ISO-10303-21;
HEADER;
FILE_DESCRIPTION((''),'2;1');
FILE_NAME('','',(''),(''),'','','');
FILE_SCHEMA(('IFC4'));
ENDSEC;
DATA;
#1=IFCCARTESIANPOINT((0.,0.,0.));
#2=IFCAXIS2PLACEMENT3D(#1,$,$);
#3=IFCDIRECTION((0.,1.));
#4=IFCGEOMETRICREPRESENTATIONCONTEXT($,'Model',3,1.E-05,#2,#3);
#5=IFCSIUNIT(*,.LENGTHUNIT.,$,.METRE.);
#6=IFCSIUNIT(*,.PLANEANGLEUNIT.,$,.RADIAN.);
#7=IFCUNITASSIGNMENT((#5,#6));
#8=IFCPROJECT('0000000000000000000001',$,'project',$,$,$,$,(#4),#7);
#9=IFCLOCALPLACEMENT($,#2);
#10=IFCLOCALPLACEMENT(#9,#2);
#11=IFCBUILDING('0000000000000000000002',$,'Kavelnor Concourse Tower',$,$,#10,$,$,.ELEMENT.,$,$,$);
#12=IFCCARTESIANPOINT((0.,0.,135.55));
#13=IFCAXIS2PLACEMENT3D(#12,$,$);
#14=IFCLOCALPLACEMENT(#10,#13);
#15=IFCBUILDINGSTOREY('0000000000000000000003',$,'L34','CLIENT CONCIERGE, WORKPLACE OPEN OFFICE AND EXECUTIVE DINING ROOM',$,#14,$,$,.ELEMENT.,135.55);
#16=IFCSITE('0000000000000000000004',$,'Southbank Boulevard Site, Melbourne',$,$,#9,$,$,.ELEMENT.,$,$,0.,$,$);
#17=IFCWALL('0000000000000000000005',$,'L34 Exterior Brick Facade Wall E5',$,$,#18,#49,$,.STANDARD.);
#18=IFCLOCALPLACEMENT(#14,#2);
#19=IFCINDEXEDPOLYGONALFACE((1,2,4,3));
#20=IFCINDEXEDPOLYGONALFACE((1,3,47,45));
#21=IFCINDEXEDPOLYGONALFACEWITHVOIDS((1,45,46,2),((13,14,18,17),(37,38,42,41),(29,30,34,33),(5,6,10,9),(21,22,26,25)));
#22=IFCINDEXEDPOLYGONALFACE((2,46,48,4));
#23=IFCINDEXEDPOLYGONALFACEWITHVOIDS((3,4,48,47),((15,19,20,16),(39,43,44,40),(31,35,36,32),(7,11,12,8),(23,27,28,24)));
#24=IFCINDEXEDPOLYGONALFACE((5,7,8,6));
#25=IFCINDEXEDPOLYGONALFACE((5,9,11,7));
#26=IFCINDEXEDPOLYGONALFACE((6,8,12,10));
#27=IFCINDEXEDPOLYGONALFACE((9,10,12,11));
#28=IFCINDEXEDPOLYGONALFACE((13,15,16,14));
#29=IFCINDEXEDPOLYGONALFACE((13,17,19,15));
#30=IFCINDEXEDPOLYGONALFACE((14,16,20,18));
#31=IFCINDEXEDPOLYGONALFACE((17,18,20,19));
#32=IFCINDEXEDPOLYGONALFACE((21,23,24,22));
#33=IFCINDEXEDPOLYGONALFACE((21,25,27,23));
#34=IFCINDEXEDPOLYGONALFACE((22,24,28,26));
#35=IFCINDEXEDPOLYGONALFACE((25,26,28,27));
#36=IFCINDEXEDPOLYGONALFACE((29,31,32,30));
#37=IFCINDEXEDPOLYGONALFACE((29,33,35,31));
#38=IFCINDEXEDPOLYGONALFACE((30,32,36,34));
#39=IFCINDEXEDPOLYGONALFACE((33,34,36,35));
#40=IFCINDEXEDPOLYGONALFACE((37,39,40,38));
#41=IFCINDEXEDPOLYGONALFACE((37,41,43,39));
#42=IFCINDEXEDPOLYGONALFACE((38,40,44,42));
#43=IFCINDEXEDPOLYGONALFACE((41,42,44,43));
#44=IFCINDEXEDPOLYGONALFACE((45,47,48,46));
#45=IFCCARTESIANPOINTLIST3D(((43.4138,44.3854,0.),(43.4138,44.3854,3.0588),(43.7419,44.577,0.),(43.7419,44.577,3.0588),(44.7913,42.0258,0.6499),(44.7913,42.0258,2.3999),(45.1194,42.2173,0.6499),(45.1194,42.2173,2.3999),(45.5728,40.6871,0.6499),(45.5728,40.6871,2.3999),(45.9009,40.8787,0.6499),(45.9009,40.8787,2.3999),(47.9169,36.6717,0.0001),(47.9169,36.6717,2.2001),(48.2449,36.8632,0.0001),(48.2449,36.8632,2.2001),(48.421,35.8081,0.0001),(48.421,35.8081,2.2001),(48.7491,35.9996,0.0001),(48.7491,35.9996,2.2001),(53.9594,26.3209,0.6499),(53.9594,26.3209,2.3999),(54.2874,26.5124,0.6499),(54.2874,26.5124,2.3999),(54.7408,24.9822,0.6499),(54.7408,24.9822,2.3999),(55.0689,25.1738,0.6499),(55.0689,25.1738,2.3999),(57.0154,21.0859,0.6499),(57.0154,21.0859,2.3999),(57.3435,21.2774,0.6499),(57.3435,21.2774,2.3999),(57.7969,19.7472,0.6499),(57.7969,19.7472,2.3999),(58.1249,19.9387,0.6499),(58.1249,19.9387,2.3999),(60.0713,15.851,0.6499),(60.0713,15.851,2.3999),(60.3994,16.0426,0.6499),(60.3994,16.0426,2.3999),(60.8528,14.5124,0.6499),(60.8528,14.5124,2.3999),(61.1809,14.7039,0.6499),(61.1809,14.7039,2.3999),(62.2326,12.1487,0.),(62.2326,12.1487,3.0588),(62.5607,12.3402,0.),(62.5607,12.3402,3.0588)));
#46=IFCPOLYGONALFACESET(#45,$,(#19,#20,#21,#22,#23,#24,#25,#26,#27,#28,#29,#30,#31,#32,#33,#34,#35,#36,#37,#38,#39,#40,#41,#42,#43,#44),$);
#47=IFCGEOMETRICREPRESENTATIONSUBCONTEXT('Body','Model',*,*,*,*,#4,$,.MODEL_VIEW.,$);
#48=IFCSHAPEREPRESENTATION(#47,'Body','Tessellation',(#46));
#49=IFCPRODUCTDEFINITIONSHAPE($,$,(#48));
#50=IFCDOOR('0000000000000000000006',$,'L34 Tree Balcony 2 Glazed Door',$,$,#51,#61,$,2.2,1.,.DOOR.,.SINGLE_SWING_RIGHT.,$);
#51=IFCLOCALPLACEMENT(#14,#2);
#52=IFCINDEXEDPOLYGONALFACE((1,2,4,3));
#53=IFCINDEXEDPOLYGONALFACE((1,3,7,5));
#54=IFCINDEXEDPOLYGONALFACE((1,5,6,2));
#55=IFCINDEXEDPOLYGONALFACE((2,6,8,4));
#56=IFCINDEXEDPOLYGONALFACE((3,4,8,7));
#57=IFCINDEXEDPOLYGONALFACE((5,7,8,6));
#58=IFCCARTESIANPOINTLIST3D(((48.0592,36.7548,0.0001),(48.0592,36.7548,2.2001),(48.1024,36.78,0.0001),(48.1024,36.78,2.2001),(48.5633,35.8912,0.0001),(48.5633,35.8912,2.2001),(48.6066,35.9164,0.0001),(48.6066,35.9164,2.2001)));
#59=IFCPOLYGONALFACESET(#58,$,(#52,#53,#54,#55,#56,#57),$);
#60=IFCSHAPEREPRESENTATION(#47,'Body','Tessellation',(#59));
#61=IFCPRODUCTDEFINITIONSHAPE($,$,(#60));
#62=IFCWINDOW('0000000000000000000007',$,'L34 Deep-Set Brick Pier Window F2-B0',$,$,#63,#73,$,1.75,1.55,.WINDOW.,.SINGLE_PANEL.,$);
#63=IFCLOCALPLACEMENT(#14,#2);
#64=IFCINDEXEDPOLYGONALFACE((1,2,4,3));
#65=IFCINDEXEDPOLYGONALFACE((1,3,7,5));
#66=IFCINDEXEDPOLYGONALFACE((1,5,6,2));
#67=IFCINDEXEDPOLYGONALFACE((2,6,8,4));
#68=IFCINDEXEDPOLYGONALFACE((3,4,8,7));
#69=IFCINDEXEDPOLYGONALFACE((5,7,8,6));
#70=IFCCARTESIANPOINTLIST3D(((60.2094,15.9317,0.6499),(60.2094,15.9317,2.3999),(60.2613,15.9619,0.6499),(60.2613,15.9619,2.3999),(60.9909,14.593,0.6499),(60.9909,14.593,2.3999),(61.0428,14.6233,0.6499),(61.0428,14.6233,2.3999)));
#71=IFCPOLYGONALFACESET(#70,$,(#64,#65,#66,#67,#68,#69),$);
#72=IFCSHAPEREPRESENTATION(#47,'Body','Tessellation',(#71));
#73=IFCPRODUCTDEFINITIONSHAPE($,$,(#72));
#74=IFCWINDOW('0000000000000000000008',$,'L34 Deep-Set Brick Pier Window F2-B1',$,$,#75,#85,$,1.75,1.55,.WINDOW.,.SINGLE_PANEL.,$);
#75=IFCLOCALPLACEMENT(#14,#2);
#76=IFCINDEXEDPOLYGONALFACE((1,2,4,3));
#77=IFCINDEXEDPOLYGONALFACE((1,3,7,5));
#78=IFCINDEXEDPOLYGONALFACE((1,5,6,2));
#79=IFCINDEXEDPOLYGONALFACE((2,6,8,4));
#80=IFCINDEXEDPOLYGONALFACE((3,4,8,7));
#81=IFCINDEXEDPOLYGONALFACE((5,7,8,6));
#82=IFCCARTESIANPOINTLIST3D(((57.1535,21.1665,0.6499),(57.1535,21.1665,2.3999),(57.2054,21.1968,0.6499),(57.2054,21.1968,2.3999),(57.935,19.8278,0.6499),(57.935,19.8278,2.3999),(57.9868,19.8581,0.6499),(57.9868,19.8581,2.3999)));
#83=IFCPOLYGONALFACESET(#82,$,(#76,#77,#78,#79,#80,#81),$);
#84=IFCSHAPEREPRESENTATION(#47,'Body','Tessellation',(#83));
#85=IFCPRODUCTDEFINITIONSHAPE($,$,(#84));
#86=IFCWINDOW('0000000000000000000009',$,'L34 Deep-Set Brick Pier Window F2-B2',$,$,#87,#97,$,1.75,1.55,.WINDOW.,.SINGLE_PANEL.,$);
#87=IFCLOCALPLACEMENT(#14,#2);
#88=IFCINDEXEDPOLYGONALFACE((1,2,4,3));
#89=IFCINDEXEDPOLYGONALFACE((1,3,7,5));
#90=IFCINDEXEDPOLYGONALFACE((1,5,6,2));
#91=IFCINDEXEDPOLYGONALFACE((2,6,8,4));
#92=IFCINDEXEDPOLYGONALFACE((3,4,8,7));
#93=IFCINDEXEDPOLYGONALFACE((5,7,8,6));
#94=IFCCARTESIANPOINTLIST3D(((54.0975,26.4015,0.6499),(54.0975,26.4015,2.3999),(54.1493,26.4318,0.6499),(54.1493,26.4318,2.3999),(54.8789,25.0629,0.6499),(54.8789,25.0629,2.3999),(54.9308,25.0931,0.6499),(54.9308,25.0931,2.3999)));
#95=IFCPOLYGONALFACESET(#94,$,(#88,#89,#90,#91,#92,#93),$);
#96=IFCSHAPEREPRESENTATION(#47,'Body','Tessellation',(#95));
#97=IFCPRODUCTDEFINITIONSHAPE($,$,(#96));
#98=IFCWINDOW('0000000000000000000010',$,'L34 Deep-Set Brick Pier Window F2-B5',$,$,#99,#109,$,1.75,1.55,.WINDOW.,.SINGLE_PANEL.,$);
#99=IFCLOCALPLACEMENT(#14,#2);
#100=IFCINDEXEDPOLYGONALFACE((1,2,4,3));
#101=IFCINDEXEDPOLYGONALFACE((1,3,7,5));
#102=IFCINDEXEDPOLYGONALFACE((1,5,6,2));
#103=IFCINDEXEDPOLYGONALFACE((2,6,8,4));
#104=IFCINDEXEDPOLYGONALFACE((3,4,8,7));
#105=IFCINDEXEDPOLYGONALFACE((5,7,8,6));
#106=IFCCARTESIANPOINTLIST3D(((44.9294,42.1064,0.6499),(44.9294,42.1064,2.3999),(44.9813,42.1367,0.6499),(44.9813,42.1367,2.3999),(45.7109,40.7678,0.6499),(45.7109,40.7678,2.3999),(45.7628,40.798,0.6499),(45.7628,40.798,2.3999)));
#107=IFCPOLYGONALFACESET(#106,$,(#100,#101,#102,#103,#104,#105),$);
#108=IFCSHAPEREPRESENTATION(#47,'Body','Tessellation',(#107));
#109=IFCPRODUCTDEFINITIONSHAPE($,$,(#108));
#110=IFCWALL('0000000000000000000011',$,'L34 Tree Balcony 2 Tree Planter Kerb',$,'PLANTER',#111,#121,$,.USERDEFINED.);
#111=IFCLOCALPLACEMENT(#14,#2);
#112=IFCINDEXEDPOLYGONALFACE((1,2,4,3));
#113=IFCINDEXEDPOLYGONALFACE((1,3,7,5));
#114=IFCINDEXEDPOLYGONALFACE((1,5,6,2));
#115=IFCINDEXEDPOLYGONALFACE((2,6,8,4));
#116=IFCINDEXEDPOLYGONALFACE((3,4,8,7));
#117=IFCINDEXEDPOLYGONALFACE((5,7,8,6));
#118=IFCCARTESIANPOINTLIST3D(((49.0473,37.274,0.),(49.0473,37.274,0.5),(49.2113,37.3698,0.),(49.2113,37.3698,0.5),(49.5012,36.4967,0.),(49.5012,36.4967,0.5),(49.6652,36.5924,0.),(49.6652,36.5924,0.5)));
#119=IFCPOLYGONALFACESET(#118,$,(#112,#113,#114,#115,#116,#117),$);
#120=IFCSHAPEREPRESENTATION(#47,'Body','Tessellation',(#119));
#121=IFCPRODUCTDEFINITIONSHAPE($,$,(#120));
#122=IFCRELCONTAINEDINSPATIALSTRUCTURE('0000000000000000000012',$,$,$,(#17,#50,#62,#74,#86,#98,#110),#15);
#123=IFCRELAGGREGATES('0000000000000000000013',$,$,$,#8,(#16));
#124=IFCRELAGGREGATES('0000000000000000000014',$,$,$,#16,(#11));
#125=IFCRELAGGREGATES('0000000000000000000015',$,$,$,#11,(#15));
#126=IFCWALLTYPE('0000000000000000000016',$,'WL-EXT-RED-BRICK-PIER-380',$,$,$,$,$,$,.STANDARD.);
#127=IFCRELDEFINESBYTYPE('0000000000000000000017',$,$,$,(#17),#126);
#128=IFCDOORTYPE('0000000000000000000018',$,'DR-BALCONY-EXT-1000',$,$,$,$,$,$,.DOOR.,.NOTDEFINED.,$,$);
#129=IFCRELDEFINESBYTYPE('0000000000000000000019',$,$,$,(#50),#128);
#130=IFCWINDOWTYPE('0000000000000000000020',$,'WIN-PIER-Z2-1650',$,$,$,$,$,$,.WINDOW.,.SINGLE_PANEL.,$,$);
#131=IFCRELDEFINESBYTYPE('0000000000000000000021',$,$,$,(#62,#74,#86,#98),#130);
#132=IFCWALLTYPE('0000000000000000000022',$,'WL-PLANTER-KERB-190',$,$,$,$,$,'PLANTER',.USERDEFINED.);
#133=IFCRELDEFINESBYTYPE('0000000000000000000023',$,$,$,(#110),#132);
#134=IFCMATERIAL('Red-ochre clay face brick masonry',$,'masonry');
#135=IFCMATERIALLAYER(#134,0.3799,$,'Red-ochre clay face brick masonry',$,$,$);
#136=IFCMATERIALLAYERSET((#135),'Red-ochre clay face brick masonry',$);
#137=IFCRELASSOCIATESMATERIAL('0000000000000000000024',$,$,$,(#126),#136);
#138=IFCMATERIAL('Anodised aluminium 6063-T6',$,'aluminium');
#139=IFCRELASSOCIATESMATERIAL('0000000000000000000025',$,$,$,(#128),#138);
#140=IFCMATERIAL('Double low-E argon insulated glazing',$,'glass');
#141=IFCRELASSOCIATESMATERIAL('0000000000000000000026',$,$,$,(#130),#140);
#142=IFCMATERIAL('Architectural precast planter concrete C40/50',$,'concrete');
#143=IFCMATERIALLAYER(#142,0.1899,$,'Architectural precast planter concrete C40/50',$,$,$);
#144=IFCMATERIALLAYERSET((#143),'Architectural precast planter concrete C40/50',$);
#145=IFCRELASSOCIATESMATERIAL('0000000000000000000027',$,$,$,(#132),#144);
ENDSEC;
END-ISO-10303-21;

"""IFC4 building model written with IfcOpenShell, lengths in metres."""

from ifc_helpers import new_model, si_unit, direction, frame, frame_2d, origin, place, context, subcontext, project, spatial, rectangle, extrude, material, layer, layer_set, type_object, element, fill, save


model = new_model("IFC4")

# Units and contexts
model_context = context("Model", 3, precision=1e-05, world=origin(), true_north=direction((0.0, 1.0)))
body_context = subcontext(model_context, "Body", "Model", "MODEL_VIEW")
ifc_project = project(units=[si_unit("LENGTHUNIT", "METRE"), si_unit("PLANEANGLEUNIT", "RADIAN")], contexts=[model_context])

# Site, building, storey
site_placement = place(None, origin())
site = spatial("IfcSite", under=ifc_project, at=site_placement, Name="Southbank Boulevard Site, Melbourne", CompositionType="ELEMENT", RefElevation=0.0)
building_placement = place(site_placement, origin())
building = spatial("IfcBuilding", under=site, at=building_placement, Name="Kavelnor Concourse Tower", CompositionType="ELEMENT")
storey_placement = place(building_placement, frame((0.0, 0.0, 135.55)))
storey = spatial("IfcBuildingStorey", under=building, at=storey_placement, Name="L34", Description="CLIENT CONCIERGE, WORKPLACE OPEN OFFICE AND EXECUTIVE DINING ROOM", CompositionType="ELEMENT", Elevation=135.55)

# Wall, openings, door, windows
ifc_material_1 = material(Name="Red-ochre clay face brick masonry", Category="masonry")
ifc_layer_1 = layer(ifc_material_1, 0.3799, Name="Red-ochre clay face brick masonry")
ifc_layer_set_1 = layer_set([ifc_layer_1], Name="Red-ochre clay face brick masonry")
wall_type_1 = type_object("IfcWallType", Name="WL-EXT-RED-BRICK-PIER-380", PredefinedType="STANDARD", material=ifc_layer_set_1)
wall_1_placement = place(storey_placement, frame((43.5779, 44.4812, 0.0), z_axis=(0.0, 0.0, 1.0), x_axis=(0.504152, -0.863615, 0.0)))
wall_1 = element("IfcWall", 1, at=wall_1_placement, inside=storey, type_object=wall_type_1, Name="L34 Exterior Brick Facade Wall E5", PredefinedType="STANDARD", context=body_context, shape_type="SweptSolid", body=[
    extrude(rectangle(XDim=37.3276, YDim=0.3799, at=frame_2d((18.6638, 0.0))), origin(), (0.0, 0.0, 1.0), 3.0588),
])
opening_1_placement = place(wall_1_placement, frame((8.9319, 0.0, 0.0)))
opening_1 = element("IfcOpeningElement", 2, at=opening_1_placement, cuts=wall_1, PredefinedType="OPENING", context=body_context, shape_type="SweptSolid", body=[
    extrude(rectangle(XDim=1.0, YDim=2.2, at=frame_2d((0.5, 1.1001))), frame((0.0, 0.2, 0.0), z_axis=(0.0, -1.0, 0.0), x_axis=(1.0, 0.0, 0.0)), (0.0, 0.0, 1.0), 0.3999),
])
opening_2_placement = place(wall_1_placement, frame((33.0408, 0.0, 0.6499)))
opening_2 = element("IfcOpeningElement", 3, at=opening_2_placement, cuts=wall_1, PredefinedType="OPENING", context=body_context, shape_type="SweptSolid", body=[
    extrude(rectangle(XDim=1.55, YDim=1.75, at=frame_2d((0.7749, 0.875))), frame((0.0, 0.2, 0.0), z_axis=(0.0, -1.0, 0.0), x_axis=(1.0, 0.0, 0.0)), (0.0, 0.0, 1.0), 0.3999),
])
opening_3_placement = place(wall_1_placement, frame((26.9792, 0.0, 0.6499)))
opening_3 = element("IfcOpeningElement", 4, at=opening_3_placement, cuts=wall_1, PredefinedType="OPENING", context=body_context, shape_type="SweptSolid", body=[
    extrude(rectangle(XDim=1.55, YDim=1.75, at=frame_2d((0.7749, 0.875))), frame((0.0, 0.2, 0.0), z_axis=(0.0, -1.0, 0.0), x_axis=(1.0, 0.0, 0.0)), (0.0, 0.0, 1.0), 0.3999),
])
opening_4_placement = place(wall_1_placement, frame((20.9175, 0.0, 0.6499)))
opening_4 = element("IfcOpeningElement", 5, at=opening_4_placement, cuts=wall_1, PredefinedType="OPENING", context=body_context, shape_type="SweptSolid", body=[
    extrude(rectangle(XDim=1.55, YDim=1.75, at=frame_2d((0.7749, 0.875))), frame((0.0, 0.2, 0.0), z_axis=(0.0, -1.0, 0.0), x_axis=(1.0, 0.0, 0.0)), (0.0, 0.0, 1.0), 0.3999),
])
opening_5_placement = place(wall_1_placement, frame((2.7324, 0.0, 0.6499)))
opening_5 = element("IfcOpeningElement", 6, at=opening_5_placement, cuts=wall_1, PredefinedType="OPENING", context=body_context, shape_type="SweptSolid", body=[
    extrude(rectangle(XDim=1.55, YDim=1.75, at=frame_2d((0.7749, 0.875))), frame((0.0, 0.2, 0.0), z_axis=(0.0, -1.0, 0.0), x_axis=(1.0, 0.0, 0.0)), (0.0, 0.0, 1.0), 0.3999),
])
ifc_material_2 = material(Name="Anodised aluminium 6063-T6", Category="aluminium")
door_type = type_object("IfcDoorType", Name="DR-BALCONY-EXT-1000", OperationType="NOTDEFINED", PredefinedType="DOOR", material=ifc_material_2)
door_placement = place(opening_1_placement, origin())
door = element("IfcDoor", 7, at=door_placement, inside=storey, type_object=door_type, Name="L34 Tree Balcony 2 Glazed Door", OperationType="SINGLE_SWING_RIGHT", OverallHeight=2.2, OverallWidth=1.0, PredefinedType="DOOR", context=body_context, shape_type="SweptSolid", body=[
    extrude(rectangle(XDim=1.0, YDim=2.2, at=frame_2d((0.5, 1.1001))), frame((0.0, 0.0249, 0.0), z_axis=(0.0, -1.0, 0.0), x_axis=(1.0, 0.0, 0.0)), (0.0, 0.0, 1.0), 0.05),
])
fill(opening_1, door)
ifc_material_3 = material(Name="Double low-E argon insulated glazing", Category="glass")
window_type = type_object("IfcWindowType", Name="WIN-PIER-Z2-1650", PartitioningType="SINGLE_PANEL", PredefinedType="WINDOW", material=ifc_material_3)
window_1_placement = place(opening_2_placement, origin())
window_1 = element("IfcWindow", 8, at=window_1_placement, inside=storey, type_object=window_type, Name="L34 Deep-Set Brick Pier Window F2-B0", OverallHeight=1.75, OverallWidth=1.55, PartitioningType="SINGLE_PANEL", PredefinedType="WINDOW", context=body_context, shape_type="SweptSolid", body=[
    extrude(rectangle(XDim=1.55, YDim=1.75, at=frame_2d((0.7749, 0.875))), frame((0.0, 0.03, 0.0), z_axis=(0.0, -1.0, 0.0), x_axis=(1.0, 0.0, 0.0)), (0.0, 0.0, 1.0), 0.0601),
])
fill(opening_2, window_1)
window_2_placement = place(opening_3_placement, origin())
window_2 = element("IfcWindow", 9, at=window_2_placement, inside=storey, type_object=window_type, Name="L34 Deep-Set Brick Pier Window F2-B1", OverallHeight=1.75, OverallWidth=1.55, PartitioningType="SINGLE_PANEL", PredefinedType="WINDOW", context=body_context, shape_type="SweptSolid", body=[
    extrude(rectangle(XDim=1.55, YDim=1.75, at=frame_2d((0.7749, 0.875))), frame((0.0, 0.03, 0.0), z_axis=(0.0, -1.0, 0.0), x_axis=(1.0, 0.0, 0.0)), (0.0, 0.0, 1.0), 0.0601),
])
fill(opening_3, window_2)
window_3_placement = place(opening_4_placement, origin())
window_3 = element("IfcWindow", 10, at=window_3_placement, inside=storey, type_object=window_type, Name="L34 Deep-Set Brick Pier Window F2-B2", OverallHeight=1.75, OverallWidth=1.55, PartitioningType="SINGLE_PANEL", PredefinedType="WINDOW", context=body_context, shape_type="SweptSolid", body=[
    extrude(rectangle(XDim=1.55, YDim=1.75, at=frame_2d((0.7749, 0.875))), frame((0.0, 0.03, 0.0), z_axis=(0.0, -1.0, 0.0), x_axis=(1.0, 0.0, 0.0)), (0.0, 0.0, 1.0), 0.0601),
])
fill(opening_4, window_3)
window_4_placement = place(opening_5_placement, origin())
window_4 = element("IfcWindow", 11, at=window_4_placement, inside=storey, type_object=window_type, Name="L34 Deep-Set Brick Pier Window F2-B5", OverallHeight=1.75, OverallWidth=1.55, PartitioningType="SINGLE_PANEL", PredefinedType="WINDOW", context=body_context, shape_type="SweptSolid", body=[
    extrude(rectangle(XDim=1.55, YDim=1.75, at=frame_2d((0.7749, 0.875))), frame((0.0, 0.03, 0.0), z_axis=(0.0, -1.0, 0.0), x_axis=(1.0, 0.0, 0.0)), (0.0, 0.0, 1.0), 0.0601),
])
fill(opening_5, window_4)

# Wall
ifc_material_4 = material(Name="Architectural precast planter concrete C40/50", Category="concrete")
ifc_layer_2 = layer(ifc_material_4, 0.1899, Name="Architectural precast planter concrete C40/50")
ifc_layer_set_2 = layer_set([ifc_layer_2], Name="Architectural precast planter concrete C40/50")
wall_type_2 = type_object("IfcWallType", Name="WL-PLANTER-KERB-190", ElementType="PLANTER", PredefinedType="USERDEFINED", material=ifc_layer_set_2)
wall_2_placement = place(storey_placement, frame((49.5833, 36.5444, 0.0), z_axis=(0.0, 0.0, 1.0), x_axis=(-0.504208, 0.863582, 0.0)))
element("IfcWall", 12, at=wall_2_placement, inside=storey, type_object=wall_type_2, Name="L34 Tree Balcony 2 Tree Planter Kerb", ObjectType="PLANTER", PredefinedType="USERDEFINED", context=body_context, shape_type="SweptSolid", body=[
    extrude(rectangle(XDim=0.9001, YDim=0.1899, at=frame_2d((0.4502, 0.0))), origin(), (0.0, 0.0, 1.0), 0.5),
])

save(model, "model.ifc")
